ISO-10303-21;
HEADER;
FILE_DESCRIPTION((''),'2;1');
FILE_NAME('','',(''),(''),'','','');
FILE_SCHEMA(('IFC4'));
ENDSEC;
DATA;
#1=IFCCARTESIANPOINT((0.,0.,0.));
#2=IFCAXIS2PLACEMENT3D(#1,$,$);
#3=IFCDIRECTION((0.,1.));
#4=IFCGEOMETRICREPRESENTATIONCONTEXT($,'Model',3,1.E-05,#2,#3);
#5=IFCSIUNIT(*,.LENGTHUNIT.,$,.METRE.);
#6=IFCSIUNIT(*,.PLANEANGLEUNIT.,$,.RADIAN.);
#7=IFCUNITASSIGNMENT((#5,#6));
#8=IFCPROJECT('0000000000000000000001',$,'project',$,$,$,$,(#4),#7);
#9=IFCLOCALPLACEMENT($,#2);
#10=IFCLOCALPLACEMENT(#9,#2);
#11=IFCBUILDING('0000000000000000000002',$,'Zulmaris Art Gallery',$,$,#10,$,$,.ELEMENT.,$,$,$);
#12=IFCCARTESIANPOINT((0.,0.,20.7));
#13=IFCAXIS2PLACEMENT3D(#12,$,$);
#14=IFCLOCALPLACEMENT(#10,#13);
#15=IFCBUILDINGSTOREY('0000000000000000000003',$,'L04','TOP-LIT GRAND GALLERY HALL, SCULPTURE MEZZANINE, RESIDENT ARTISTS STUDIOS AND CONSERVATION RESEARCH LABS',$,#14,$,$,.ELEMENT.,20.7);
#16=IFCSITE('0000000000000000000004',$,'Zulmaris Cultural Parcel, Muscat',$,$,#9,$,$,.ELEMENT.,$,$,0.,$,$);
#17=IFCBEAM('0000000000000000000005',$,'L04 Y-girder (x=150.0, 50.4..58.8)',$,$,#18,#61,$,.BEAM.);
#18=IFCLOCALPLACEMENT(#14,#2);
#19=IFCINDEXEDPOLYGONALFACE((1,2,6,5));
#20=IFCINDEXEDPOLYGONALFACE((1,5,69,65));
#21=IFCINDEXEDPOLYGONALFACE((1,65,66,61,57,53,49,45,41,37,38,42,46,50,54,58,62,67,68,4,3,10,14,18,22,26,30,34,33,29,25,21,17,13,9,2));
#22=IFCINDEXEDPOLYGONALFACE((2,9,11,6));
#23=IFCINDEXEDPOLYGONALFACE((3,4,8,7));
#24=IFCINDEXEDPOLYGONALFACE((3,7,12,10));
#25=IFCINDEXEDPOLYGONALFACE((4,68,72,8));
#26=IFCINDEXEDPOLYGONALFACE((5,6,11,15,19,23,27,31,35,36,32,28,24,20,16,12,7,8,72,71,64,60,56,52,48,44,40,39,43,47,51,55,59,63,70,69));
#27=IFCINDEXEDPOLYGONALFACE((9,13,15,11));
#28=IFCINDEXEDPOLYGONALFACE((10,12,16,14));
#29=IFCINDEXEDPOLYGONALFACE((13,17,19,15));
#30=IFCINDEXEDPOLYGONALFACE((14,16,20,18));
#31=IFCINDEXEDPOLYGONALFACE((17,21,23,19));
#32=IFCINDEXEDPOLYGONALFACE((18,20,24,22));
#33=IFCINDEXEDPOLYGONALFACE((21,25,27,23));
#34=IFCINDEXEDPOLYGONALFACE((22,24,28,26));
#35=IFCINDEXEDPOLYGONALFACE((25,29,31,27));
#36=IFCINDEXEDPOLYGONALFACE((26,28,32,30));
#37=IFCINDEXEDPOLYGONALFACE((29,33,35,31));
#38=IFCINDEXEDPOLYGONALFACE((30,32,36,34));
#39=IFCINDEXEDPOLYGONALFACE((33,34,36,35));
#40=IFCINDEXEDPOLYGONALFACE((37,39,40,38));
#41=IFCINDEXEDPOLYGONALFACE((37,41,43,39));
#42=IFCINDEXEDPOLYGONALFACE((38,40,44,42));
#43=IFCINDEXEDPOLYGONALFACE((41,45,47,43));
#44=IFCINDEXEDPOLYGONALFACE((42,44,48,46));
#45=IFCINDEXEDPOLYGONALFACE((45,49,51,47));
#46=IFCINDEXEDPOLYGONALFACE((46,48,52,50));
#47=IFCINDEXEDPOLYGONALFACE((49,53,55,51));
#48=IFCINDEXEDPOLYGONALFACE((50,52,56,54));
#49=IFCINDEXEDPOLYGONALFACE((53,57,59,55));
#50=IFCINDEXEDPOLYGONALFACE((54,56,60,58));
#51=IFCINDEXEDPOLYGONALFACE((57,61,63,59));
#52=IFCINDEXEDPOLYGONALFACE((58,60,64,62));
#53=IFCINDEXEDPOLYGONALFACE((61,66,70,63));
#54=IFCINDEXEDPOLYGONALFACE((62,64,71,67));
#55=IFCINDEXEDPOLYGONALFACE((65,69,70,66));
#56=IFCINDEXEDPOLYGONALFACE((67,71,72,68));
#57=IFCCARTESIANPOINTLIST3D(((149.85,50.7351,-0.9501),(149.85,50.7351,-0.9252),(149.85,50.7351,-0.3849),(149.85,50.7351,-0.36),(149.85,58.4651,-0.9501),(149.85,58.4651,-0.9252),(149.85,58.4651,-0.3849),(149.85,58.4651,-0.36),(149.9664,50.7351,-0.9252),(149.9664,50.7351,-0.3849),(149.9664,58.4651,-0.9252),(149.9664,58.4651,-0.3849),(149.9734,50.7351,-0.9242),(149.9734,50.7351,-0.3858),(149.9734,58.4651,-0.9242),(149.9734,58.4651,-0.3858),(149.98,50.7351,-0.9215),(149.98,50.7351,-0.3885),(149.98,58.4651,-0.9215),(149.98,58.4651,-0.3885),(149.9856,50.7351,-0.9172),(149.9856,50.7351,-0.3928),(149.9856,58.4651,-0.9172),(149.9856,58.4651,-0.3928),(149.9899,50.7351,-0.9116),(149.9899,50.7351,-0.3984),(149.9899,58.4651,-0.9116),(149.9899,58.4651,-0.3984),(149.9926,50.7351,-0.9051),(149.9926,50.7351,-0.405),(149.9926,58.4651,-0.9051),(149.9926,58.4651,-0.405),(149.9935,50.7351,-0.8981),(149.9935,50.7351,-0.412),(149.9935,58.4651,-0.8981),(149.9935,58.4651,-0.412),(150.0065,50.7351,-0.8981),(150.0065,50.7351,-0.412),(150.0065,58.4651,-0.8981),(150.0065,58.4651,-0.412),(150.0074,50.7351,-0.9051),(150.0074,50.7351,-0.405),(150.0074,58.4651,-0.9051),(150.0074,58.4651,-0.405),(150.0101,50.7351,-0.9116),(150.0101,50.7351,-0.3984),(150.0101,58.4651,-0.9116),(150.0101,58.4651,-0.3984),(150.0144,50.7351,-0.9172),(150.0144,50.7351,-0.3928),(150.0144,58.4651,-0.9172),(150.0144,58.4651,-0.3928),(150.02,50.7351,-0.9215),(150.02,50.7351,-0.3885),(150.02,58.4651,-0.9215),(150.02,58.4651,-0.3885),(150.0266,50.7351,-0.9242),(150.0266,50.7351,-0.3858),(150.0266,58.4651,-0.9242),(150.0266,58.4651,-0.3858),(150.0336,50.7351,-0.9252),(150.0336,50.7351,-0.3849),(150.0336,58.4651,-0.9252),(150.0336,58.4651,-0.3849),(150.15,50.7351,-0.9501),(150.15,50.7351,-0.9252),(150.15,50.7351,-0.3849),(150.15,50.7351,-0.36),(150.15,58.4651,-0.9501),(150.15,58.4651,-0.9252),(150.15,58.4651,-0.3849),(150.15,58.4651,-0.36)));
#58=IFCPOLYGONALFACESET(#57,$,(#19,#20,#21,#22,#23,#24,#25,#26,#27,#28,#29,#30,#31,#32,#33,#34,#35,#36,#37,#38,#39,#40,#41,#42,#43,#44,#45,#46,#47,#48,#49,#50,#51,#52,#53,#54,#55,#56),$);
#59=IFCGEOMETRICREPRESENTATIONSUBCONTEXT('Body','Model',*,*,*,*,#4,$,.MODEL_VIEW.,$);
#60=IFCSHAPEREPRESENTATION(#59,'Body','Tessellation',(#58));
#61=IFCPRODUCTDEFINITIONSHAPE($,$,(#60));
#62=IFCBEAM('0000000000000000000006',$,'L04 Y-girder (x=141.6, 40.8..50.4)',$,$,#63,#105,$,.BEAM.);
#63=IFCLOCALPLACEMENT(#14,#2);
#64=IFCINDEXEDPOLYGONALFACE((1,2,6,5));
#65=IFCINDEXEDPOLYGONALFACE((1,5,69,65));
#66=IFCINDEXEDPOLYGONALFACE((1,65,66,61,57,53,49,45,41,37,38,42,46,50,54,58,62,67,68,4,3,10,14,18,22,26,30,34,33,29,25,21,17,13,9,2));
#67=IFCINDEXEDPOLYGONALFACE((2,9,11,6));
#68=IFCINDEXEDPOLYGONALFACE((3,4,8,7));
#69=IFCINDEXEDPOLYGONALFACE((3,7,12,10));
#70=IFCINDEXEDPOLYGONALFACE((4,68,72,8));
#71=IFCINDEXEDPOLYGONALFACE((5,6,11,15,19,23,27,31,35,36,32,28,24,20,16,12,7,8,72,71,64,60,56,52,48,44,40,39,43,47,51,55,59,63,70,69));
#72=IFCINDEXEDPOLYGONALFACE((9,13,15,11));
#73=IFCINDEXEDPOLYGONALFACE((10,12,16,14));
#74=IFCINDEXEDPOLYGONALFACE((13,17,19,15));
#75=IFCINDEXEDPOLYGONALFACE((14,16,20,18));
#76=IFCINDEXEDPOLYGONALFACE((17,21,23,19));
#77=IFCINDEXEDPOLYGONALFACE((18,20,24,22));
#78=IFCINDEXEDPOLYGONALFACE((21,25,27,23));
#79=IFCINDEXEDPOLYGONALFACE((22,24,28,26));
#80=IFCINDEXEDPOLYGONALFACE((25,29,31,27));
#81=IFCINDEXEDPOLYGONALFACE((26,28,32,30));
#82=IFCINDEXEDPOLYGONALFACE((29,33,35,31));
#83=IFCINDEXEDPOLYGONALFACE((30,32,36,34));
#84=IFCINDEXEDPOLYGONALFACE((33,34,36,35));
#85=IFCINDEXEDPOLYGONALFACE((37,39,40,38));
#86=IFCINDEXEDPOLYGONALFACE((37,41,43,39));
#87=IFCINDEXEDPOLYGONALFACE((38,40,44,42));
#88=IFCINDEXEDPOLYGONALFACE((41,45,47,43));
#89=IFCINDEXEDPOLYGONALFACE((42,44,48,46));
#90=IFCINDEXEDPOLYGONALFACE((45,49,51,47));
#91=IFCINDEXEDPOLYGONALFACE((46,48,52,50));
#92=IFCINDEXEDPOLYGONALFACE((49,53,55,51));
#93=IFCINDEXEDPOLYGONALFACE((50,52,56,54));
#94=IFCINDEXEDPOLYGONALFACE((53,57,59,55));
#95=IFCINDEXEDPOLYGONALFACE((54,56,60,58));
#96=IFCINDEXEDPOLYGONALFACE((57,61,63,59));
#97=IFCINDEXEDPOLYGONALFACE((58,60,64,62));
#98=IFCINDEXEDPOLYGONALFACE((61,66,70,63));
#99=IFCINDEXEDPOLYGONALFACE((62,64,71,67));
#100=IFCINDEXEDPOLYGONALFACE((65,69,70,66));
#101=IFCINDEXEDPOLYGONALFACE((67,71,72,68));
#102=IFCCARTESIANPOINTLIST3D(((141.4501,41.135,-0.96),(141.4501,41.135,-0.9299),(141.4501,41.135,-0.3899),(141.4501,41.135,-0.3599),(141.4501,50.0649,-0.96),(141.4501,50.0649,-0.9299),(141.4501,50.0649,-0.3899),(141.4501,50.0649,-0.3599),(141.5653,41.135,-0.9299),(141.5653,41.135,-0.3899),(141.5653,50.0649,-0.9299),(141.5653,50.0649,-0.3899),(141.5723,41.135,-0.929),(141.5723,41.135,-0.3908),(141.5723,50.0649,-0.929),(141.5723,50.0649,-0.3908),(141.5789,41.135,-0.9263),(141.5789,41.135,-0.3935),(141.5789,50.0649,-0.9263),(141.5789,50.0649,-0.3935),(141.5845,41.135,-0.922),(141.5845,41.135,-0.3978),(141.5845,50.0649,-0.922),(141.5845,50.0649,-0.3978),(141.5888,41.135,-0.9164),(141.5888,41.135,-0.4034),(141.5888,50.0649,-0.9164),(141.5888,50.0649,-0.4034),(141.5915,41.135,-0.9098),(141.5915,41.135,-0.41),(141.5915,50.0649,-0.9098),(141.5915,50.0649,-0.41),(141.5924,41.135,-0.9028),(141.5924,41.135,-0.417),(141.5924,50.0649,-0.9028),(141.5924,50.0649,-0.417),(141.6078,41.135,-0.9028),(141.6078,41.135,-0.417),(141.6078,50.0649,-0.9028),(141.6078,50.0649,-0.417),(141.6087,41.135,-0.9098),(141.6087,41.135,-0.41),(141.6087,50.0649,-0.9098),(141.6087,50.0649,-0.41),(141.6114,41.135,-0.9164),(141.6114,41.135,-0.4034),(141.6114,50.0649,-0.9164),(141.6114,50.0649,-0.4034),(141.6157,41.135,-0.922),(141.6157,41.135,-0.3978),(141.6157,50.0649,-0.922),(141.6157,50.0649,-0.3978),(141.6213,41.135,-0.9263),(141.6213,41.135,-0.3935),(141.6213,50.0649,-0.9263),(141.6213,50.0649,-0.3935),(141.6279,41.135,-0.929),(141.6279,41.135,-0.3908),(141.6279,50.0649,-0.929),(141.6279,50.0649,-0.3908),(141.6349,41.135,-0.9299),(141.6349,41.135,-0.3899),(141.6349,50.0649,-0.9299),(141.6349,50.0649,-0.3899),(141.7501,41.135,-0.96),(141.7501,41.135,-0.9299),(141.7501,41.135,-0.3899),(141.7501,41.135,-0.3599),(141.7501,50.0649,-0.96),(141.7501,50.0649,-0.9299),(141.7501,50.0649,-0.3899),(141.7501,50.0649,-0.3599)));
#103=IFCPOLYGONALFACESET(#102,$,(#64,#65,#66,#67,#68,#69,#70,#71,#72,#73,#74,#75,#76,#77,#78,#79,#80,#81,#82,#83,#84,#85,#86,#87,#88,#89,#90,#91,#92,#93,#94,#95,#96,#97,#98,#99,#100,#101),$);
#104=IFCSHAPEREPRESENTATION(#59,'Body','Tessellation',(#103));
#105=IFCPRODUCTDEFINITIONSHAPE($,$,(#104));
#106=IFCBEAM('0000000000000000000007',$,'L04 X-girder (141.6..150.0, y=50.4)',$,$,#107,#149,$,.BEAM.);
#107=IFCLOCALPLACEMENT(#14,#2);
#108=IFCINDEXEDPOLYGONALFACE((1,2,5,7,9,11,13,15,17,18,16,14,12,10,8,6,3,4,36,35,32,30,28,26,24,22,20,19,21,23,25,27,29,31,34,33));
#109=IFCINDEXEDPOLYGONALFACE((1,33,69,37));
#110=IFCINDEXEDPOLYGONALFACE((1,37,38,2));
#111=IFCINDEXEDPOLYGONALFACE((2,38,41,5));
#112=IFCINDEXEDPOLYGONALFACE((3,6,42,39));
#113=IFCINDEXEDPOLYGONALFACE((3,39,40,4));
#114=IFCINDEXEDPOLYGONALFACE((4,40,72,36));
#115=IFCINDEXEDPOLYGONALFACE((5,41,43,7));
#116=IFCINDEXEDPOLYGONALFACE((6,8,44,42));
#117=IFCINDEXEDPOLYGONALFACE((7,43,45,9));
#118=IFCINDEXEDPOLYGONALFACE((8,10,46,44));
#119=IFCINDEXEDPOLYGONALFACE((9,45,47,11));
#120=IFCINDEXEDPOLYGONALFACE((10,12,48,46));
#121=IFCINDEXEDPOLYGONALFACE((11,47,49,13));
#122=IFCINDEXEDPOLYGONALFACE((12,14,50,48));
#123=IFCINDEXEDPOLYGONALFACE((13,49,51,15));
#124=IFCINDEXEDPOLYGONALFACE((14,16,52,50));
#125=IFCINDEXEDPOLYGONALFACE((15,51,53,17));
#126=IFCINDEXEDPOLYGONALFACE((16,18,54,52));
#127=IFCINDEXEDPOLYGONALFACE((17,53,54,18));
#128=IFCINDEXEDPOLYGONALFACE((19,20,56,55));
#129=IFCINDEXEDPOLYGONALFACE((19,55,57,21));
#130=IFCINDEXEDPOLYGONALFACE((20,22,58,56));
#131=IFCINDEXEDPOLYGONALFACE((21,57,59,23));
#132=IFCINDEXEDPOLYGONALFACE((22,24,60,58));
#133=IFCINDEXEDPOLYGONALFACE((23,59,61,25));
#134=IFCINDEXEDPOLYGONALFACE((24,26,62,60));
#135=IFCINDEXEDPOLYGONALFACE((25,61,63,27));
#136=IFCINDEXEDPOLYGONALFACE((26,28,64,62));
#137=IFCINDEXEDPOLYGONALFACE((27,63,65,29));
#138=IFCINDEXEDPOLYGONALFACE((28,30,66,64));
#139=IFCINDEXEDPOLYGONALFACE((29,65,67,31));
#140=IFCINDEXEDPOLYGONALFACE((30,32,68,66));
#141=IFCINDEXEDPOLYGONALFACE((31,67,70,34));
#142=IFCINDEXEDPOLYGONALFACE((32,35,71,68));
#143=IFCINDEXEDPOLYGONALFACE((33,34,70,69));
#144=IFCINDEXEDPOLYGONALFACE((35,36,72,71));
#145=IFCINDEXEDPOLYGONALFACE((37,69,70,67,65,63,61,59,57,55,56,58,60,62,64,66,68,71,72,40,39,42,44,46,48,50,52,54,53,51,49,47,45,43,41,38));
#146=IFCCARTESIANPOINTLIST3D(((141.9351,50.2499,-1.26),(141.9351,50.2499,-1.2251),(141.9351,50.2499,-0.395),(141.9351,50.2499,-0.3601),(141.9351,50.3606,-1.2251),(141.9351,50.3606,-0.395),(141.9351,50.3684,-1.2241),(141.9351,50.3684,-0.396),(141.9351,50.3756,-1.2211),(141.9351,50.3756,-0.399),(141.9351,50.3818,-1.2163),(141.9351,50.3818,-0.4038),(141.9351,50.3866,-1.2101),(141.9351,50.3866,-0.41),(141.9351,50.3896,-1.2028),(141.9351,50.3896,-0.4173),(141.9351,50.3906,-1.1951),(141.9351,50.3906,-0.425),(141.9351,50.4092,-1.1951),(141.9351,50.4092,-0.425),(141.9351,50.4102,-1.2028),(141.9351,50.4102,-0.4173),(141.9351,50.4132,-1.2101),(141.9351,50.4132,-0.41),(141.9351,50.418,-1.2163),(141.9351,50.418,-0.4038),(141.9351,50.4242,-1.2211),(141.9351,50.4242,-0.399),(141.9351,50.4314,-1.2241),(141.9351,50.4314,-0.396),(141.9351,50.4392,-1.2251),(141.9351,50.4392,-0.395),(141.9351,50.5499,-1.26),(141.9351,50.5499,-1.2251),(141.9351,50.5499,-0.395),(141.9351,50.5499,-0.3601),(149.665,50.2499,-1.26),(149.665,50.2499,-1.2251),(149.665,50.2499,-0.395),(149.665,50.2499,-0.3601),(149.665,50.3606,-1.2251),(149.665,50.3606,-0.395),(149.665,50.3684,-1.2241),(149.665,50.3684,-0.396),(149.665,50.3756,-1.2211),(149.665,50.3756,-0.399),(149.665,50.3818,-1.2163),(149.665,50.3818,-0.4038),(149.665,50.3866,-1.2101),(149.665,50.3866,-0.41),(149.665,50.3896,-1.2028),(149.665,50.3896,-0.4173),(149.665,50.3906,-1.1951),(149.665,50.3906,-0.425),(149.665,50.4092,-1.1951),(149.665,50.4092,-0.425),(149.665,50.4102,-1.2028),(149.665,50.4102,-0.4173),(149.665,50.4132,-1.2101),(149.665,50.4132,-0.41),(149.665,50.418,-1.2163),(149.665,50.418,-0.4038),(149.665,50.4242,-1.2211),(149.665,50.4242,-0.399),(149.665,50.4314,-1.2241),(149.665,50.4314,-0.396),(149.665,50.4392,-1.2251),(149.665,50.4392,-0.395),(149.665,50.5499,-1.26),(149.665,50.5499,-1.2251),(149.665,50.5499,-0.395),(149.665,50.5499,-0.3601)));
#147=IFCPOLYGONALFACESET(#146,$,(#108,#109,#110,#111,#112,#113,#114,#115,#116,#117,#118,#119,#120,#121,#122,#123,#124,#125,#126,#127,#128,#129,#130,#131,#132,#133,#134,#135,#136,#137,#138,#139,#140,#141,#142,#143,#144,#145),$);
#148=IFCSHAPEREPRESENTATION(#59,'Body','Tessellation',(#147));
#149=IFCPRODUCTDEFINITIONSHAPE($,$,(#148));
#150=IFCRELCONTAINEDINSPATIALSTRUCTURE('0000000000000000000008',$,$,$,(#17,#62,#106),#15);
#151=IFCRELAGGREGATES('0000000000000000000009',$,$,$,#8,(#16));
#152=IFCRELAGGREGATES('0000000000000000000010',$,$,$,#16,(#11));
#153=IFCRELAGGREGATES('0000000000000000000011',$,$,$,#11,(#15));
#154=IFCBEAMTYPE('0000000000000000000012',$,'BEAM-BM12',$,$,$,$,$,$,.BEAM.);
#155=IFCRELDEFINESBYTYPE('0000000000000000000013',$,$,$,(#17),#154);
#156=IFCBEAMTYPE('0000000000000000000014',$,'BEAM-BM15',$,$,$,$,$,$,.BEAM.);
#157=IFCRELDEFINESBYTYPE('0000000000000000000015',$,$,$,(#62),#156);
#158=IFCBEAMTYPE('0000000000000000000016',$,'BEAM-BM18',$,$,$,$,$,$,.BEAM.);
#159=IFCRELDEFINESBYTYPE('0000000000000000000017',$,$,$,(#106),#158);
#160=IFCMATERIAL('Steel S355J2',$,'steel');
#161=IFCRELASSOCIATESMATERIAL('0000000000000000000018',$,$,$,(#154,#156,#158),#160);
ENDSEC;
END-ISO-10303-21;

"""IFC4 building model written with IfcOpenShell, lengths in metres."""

from ifc_helpers import new_model, si_unit, direction, frame, origin, origin_2d, place, context, subcontext, project, spatial, i_section, extrude, material, material_profile, profile_set, type_object, element, save


model = new_model("IFC4")

# Units and contexts
model_context = context("Model", 3, precision=1e-05, world=origin(), true_north=direction((0.0, 1.0)))
body_context = subcontext(model_context, "Body", "Model", "MODEL_VIEW")
ifc_project = project(units=[si_unit("LENGTHUNIT", "METRE"), si_unit("PLANEANGLEUNIT", "RADIAN")], contexts=[model_context])

# Site, building, storey
site_placement = place(None, origin())
site = spatial("IfcSite", under=ifc_project, at=site_placement, Name="Zulmaris Cultural Parcel, Muscat", CompositionType="ELEMENT", RefElevation=0.0)
building_placement = place(site_placement, origin())
building = spatial("IfcBuilding", under=site, at=building_placement, Name="Zulmaris Art Gallery", CompositionType="ELEMENT")
storey_placement = place(building_placement, frame((0.0, 0.0, 20.7)))
storey = spatial("IfcBuildingStorey", under=building, at=storey_placement, Name="L04", Description="TOP-LIT GRAND GALLERY HALL, SCULPTURE MEZZANINE, RESIDENT ARTISTS STUDIOS AND CONSERVATION RESEARCH LABS", CompositionType="ELEMENT", Elevation=20.7)

# Beams
ifc_material_1 = material(Name="Steel S355J2", Category="steel")
ifc_material_profile_1 = material_profile(ifc_material_1, i_section(OverallWidth=0.3, OverallDepth=0.5901, WebThickness=0.0129, FlangeThickness=0.0249, FilletRadius=0.0271, at=origin_2d()), Name="HEA 600")
ifc_profile_set_1 = profile_set([ifc_material_profile_1], Name="Steel S355J2")
beam_type_1 = type_object("IfcBeamType", Name="BEAM-BM12", PredefinedType="BEAM", material=ifc_profile_set_1)
beam_1_placement = place(storey_placement, frame((150.0, 50.7351, -0.655), z_axis=(0.0, 1.0, 0.0), x_axis=(-1.0, 0.0, 0.0)))
element("IfcBeam", 1, at=beam_1_placement, inside=storey, type_object=beam_type_1, Name="L04 Y-girder (x=150.0, 50.4..58.8)", PredefinedType="BEAM", context=body_context, shape_type="SweptSolid", body=[
    extrude(i_section(OverallWidth=0.3, OverallDepth=0.5901, WebThickness=0.0129, FlangeThickness=0.0249, FilletRadius=0.0271, at=origin_2d()), origin(), (0.0, 0.0, 1.0), 7.73),
])
ifc_material_profile_2 = material_profile(ifc_material_1, i_section(OverallWidth=0.3, OverallDepth=0.6001, WebThickness=0.0154, FlangeThickness=0.03, FilletRadius=0.0271, at=origin_2d()), Name="HEB 600")
ifc_profile_set_2 = profile_set([ifc_material_profile_2], Name="Steel S355J2")
beam_type_2 = type_object("IfcBeamType", Name="BEAM-BM15", PredefinedType="BEAM", material=ifc_profile_set_2)
beam_2_placement = place(storey_placement, frame((141.6001, 41.135, -0.6599), z_axis=(0.0, 1.0, 0.0), x_axis=(-1.0, 0.0, 0.0)))
element("IfcBeam", 2, at=beam_2_placement, inside=storey, type_object=beam_type_2, Name="L04 Y-girder (x=141.6, 40.8..50.4)", PredefinedType="BEAM", context=body_context, shape_type="SweptSolid", body=[
    extrude(i_section(OverallWidth=0.3, OverallDepth=0.6001, WebThickness=0.0154, FlangeThickness=0.03, FilletRadius=0.0271, at=origin_2d()), origin(), (0.0, 0.0, 1.0), 8.9299),
])
ifc_material_profile_3 = material_profile(ifc_material_1, i_section(OverallWidth=0.3, OverallDepth=0.8999, WebThickness=0.0186, FlangeThickness=0.0349, FilletRadius=0.03, at=origin_2d()), Name="HEB 900")
ifc_profile_set_3 = profile_set([ifc_material_profile_3], Name="Steel S355J2")
beam_type_3 = type_object("IfcBeamType", Name="BEAM-BM18", PredefinedType="BEAM", material=ifc_profile_set_3)
beam_3_placement = place(storey_placement, frame((141.9351, 50.3999, -0.8101), z_axis=(1.0, 0.0, 0.0), x_axis=(0.0, 1.0, 0.0)))
element("IfcBeam", 3, at=beam_3_placement, inside=storey, type_object=beam_type_3, Name="L04 X-girder (141.6..150.0, y=50.4)", PredefinedType="BEAM", context=body_context, shape_type="SweptSolid", body=[
    extrude(i_section(OverallWidth=0.3, OverallDepth=0.8999, WebThickness=0.0186, FlangeThickness=0.0349, FilletRadius=0.03, at=origin_2d()), origin(), (0.0, 0.0, 1.0), 7.73),
])

save(model, "model.ifc")
